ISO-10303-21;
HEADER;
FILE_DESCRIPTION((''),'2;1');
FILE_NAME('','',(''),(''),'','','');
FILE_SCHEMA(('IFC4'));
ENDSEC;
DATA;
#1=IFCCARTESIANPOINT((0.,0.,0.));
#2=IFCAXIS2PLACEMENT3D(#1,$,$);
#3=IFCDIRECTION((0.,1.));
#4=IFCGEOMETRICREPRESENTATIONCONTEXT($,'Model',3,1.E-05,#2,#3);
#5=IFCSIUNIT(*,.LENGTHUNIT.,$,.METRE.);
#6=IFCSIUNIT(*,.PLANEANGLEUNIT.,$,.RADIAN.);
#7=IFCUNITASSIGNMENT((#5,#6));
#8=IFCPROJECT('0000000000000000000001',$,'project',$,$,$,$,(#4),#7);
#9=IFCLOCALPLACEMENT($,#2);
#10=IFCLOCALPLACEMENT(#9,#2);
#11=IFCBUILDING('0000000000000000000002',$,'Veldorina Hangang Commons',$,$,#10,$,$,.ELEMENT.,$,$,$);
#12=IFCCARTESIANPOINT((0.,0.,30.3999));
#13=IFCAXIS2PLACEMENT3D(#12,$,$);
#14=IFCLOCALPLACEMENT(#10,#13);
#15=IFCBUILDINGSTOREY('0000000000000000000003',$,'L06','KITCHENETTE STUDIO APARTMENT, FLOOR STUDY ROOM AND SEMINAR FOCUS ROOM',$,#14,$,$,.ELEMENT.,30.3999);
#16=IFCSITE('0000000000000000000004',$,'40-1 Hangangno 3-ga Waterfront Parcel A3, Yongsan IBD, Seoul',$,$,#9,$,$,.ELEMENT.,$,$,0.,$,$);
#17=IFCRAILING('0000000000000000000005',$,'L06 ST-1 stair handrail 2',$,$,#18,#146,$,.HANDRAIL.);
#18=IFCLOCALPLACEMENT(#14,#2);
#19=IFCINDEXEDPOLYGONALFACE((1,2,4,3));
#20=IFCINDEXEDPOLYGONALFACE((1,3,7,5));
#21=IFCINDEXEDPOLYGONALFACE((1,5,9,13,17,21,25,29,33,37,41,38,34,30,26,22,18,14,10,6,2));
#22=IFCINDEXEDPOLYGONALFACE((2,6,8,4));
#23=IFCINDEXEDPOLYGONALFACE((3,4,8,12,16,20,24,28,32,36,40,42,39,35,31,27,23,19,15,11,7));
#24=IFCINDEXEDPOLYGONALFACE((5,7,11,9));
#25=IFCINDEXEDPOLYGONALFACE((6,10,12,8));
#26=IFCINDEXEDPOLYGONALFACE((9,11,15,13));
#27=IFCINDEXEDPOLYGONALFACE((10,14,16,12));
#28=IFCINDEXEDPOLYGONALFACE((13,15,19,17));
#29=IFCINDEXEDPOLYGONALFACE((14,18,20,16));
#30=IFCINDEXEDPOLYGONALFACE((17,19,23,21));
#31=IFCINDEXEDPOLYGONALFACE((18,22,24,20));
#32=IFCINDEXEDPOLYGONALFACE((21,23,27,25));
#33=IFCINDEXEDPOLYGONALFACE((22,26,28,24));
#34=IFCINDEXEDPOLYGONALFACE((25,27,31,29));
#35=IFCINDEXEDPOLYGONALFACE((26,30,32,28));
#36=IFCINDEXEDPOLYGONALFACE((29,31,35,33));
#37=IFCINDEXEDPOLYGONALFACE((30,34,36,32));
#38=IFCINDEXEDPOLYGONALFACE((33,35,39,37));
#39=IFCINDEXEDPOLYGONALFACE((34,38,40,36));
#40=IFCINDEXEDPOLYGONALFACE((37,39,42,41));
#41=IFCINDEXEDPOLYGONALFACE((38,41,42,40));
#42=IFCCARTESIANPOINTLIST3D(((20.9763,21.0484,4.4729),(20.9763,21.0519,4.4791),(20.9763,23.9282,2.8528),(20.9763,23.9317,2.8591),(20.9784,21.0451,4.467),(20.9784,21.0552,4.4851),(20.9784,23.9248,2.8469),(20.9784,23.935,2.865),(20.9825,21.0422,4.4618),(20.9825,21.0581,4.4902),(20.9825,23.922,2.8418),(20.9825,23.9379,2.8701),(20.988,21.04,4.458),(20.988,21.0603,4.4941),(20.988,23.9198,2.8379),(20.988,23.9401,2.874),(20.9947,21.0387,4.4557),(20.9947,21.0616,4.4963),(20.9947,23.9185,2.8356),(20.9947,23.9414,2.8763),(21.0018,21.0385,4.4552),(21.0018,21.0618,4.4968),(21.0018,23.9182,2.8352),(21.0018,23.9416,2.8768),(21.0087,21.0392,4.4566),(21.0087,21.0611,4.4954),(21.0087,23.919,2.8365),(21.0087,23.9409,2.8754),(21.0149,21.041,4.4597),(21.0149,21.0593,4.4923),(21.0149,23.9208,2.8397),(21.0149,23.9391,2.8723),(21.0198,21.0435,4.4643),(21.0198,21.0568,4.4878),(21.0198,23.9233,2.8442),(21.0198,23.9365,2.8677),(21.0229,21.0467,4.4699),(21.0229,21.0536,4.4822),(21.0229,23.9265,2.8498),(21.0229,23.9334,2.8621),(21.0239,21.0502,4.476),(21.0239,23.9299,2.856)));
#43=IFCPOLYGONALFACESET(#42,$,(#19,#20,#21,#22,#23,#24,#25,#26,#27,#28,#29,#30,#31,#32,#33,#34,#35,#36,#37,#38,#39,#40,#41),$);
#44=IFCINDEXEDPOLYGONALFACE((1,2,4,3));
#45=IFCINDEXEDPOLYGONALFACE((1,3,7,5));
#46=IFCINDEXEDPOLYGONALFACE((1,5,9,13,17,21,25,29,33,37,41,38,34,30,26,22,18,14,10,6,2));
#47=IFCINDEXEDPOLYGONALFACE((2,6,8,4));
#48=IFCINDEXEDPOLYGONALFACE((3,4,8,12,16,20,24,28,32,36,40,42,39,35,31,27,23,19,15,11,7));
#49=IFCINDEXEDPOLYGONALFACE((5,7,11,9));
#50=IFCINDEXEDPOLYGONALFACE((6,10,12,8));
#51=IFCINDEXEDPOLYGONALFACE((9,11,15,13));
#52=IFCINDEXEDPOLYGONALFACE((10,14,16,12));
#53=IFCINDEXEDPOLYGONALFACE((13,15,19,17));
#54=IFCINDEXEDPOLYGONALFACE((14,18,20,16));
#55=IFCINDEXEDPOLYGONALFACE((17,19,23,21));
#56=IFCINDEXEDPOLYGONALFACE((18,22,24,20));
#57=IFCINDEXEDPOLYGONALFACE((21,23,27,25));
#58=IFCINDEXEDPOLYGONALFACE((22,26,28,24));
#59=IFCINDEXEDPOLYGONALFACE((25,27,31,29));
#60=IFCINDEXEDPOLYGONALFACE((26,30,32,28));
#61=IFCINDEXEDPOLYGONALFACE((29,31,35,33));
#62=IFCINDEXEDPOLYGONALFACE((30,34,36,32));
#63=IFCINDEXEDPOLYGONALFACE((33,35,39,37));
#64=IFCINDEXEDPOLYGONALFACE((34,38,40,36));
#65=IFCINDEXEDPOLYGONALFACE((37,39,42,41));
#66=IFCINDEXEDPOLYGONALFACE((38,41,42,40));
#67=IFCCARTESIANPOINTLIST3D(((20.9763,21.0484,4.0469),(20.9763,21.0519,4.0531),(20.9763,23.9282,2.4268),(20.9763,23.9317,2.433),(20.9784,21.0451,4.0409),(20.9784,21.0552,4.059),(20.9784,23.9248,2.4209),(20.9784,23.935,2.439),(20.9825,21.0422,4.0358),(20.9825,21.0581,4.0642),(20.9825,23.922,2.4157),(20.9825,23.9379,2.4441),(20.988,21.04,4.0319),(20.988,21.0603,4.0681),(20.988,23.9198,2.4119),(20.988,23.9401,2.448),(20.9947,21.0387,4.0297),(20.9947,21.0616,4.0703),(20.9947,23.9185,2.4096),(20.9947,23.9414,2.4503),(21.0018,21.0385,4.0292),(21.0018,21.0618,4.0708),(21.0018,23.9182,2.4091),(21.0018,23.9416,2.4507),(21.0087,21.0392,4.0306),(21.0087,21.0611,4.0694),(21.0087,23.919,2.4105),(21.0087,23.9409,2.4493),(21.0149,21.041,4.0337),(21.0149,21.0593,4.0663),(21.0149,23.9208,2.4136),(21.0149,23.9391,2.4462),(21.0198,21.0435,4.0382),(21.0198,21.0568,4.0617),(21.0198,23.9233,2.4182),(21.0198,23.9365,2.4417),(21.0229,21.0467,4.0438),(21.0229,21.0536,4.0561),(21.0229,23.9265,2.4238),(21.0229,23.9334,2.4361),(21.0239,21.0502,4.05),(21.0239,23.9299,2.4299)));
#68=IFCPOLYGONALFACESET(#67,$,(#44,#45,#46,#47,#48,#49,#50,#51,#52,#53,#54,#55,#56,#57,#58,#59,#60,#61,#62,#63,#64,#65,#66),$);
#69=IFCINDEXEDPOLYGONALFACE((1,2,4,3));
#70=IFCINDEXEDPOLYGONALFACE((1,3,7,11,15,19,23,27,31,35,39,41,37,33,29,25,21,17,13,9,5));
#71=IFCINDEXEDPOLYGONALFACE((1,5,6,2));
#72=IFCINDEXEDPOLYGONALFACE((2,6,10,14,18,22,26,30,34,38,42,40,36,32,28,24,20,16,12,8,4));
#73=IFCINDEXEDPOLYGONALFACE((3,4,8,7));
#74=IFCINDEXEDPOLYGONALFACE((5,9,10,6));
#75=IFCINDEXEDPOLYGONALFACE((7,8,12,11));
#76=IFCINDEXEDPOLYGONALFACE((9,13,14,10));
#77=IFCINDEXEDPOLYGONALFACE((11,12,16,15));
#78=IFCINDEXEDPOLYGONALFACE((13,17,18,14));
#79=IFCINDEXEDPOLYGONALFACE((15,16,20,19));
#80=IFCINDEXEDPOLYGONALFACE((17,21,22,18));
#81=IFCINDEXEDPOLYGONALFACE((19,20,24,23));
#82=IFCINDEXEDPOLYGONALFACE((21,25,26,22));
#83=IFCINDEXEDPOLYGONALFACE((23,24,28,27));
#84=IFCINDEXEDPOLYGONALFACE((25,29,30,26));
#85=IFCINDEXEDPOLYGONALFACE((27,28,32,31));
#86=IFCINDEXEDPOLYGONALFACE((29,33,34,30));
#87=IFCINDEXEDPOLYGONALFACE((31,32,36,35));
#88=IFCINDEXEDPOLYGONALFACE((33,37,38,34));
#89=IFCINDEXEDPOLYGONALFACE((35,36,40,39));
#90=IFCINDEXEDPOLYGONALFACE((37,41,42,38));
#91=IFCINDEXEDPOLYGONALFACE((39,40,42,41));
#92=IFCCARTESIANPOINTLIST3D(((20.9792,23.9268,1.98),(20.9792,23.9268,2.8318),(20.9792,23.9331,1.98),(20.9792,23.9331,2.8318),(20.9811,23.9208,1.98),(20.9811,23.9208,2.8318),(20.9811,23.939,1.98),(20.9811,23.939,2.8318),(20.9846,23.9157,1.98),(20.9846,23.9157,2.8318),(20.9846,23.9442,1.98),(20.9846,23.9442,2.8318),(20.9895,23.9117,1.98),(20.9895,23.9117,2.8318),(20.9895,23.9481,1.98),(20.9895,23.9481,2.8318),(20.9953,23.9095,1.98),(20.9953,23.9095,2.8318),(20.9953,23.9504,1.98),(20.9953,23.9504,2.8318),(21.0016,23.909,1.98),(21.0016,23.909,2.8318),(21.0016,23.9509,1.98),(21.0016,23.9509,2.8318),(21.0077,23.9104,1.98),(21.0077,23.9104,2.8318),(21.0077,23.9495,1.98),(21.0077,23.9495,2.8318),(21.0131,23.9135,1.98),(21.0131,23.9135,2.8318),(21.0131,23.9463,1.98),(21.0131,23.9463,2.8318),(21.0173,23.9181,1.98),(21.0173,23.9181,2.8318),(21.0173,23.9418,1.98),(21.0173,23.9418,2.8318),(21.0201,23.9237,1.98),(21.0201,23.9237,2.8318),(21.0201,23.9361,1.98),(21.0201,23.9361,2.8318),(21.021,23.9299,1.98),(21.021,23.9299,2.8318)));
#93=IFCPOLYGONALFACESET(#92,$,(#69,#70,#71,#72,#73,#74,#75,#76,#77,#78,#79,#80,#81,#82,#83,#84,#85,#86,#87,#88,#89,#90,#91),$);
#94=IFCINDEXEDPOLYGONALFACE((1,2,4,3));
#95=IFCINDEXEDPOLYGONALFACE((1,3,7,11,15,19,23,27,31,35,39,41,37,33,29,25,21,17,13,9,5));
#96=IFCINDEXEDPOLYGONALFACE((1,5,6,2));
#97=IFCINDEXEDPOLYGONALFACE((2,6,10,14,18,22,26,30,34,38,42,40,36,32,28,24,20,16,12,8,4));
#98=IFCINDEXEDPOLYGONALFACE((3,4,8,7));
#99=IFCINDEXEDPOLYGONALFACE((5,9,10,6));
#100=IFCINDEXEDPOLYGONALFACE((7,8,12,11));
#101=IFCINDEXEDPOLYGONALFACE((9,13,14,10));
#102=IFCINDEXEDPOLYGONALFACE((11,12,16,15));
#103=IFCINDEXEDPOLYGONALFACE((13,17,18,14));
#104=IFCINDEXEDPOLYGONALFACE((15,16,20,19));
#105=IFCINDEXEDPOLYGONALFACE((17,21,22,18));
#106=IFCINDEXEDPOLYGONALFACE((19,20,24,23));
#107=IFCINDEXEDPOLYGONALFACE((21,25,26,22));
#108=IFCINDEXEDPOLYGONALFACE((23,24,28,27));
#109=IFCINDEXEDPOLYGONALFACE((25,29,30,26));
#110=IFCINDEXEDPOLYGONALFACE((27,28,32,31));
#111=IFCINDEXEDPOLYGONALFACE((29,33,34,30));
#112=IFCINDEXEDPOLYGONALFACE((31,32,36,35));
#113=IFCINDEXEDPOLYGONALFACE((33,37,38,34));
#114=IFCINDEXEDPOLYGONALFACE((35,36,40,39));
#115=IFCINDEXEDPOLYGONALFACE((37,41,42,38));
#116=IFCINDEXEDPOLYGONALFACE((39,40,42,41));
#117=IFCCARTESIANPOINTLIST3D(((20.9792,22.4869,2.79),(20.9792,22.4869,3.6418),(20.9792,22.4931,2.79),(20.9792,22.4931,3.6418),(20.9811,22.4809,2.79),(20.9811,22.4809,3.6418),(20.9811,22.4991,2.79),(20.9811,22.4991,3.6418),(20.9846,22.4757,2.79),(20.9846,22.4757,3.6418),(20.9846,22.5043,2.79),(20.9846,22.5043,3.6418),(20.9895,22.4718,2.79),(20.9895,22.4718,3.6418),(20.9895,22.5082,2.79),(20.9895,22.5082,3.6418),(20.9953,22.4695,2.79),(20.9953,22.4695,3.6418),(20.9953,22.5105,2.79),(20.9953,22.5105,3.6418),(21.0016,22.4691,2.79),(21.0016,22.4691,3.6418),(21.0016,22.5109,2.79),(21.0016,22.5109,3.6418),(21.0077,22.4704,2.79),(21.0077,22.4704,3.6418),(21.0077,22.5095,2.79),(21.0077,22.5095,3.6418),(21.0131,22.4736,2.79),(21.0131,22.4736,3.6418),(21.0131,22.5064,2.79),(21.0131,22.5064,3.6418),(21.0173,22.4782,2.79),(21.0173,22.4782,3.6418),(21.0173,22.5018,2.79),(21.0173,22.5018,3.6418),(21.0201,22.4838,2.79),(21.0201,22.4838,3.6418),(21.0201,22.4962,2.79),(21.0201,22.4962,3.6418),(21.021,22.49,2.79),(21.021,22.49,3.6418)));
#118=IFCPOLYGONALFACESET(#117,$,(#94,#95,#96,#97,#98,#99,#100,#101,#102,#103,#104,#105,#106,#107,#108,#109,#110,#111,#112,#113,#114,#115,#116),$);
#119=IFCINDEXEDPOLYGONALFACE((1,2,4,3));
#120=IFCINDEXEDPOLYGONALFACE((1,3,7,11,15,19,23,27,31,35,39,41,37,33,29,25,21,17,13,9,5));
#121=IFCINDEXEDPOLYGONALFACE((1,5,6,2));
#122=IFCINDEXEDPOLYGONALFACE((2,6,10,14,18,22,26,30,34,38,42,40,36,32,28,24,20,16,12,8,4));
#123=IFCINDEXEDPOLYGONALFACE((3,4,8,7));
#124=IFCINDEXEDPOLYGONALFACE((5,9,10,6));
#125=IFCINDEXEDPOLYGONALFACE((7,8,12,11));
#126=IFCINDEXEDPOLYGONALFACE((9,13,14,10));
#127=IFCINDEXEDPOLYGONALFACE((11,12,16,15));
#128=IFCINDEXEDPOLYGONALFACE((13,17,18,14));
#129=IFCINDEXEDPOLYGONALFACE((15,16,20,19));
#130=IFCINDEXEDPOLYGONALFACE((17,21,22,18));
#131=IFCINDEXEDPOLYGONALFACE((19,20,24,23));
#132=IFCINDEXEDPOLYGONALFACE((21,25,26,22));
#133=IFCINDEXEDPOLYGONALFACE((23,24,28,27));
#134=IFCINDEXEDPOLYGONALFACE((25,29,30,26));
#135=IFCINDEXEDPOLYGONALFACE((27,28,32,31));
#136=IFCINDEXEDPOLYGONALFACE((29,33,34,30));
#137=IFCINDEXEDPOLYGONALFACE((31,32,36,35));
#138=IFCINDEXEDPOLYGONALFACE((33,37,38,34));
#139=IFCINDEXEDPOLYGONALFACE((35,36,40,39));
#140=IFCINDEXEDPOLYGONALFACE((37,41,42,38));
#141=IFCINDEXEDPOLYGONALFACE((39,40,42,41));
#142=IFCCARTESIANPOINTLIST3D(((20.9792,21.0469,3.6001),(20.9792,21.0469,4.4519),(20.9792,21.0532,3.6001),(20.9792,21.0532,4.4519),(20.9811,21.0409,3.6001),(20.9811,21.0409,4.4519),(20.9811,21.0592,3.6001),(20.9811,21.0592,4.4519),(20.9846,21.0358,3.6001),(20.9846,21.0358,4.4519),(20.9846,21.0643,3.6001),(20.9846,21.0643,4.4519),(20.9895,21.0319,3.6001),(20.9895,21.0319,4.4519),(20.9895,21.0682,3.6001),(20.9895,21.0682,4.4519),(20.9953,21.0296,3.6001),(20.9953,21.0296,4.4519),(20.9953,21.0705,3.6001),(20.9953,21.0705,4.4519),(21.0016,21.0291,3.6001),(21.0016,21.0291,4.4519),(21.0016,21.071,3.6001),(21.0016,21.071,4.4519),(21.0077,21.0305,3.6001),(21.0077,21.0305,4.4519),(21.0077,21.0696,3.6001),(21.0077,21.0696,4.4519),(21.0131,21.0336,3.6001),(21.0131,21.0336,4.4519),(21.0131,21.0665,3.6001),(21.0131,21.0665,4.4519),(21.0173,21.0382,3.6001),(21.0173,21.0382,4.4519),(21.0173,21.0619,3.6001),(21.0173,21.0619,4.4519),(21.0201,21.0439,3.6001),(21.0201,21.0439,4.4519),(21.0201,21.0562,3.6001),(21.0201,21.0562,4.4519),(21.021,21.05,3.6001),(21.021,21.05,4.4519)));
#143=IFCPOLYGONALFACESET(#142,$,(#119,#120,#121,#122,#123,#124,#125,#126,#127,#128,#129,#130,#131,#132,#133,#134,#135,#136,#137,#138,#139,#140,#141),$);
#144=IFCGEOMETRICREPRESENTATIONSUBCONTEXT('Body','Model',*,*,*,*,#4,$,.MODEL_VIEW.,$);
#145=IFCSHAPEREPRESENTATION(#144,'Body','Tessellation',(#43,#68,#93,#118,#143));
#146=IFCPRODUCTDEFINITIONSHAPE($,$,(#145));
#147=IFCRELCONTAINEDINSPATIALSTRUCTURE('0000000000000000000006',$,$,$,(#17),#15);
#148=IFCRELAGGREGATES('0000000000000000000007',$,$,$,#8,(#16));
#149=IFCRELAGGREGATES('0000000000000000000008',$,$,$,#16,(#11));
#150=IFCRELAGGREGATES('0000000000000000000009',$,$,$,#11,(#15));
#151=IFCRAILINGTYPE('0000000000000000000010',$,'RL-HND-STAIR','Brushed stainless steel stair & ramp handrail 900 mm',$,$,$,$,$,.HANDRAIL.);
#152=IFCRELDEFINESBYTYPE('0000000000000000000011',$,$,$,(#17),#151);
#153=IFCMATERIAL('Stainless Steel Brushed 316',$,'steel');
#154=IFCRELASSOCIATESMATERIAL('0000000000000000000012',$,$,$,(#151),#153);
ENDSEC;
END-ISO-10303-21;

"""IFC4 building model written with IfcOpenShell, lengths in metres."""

from ifc_helpers import new_model, si_unit, direction, frame, origin, origin_2d, place, context, subcontext, project, spatial, circle, extrude, material, type_object, element, save


model = new_model("IFC4")

# Units and contexts
model_context = context("Model", 3, precision=1e-05, world=origin(), true_north=direction((0.0, 1.0)))
body_context = subcontext(model_context, "Body", "Model", "MODEL_VIEW")
ifc_project = project(units=[si_unit("LENGTHUNIT", "METRE"), si_unit("PLANEANGLEUNIT", "RADIAN")], contexts=[model_context])

# Site, building, storey
site_placement = place(None, origin())
site = spatial("IfcSite", under=ifc_project, at=site_placement, Name="40-1 Hangangno 3-ga Waterfront Parcel A3, Yongsan IBD, Seoul", CompositionType="ELEMENT", RefElevation=0.0)
building_placement = place(site_placement, origin())
building = spatial("IfcBuilding", under=site, at=building_placement, Name="Veldorina Hangang Commons", CompositionType="ELEMENT")
storey_placement = place(building_placement, frame((0.0, 0.0, 30.3999)))
storey = spatial("IfcBuildingStorey", under=building, at=storey_placement, Name="L06", Description="KITCHENETTE STUDIO APARTMENT, FLOOR STUDY ROOM AND SEMINAR FOCUS ROOM", CompositionType="ELEMENT", Elevation=30.3999)

# Railing
ifc_material_1 = material(Name="Stainless Steel Brushed 316", Category="steel")
railing_type_1 = type_object("IfcRailingType", Name="RL-HND-STAIR", Description="Brushed stainless steel stair & ramp handrail 900 mm", PredefinedType="HANDRAIL", material=ifc_material_1)
railing_1_placement = place(storey_placement, frame((21.0, 23.9299, 1.98)))
element("IfcRailing", 1, at=railing_1_placement, inside=storey, type_object=railing_type_1, Name="L06 ST-1 stair handrail 2", PredefinedType="HANDRAIL", context=body_context, shape_type="SweptSolid", body=[
    extrude(circle(Radius=0.0239, at=origin_2d()), frame((0.0, 0.0, 0.876), z_axis=(0.0, -0.871552, 0.490303), x_axis=(1.0, 0.0, 0.0)), (0.0, 0.0, 1.0), 3.3042),
    extrude(circle(Radius=0.0239, at=origin_2d()), frame((0.0, 0.0, 0.45), z_axis=(0.0, -0.871552, 0.490303), x_axis=(1.0, 0.0, 0.0)), (0.0, 0.0, 1.0), 3.3042),
    extrude(circle(Radius=0.021, at=origin_2d()), origin(), (0.0, 0.0, 1.0), 0.8518),
    extrude(circle(Radius=0.021, at=origin_2d()), frame((0.0, -1.4399, 0.8101)), (0.0, 0.0, 1.0), 0.8518),
    extrude(circle(Radius=0.021, at=origin_2d()), frame((0.0, -2.8799, 1.6201)), (0.0, 0.0, 1.0), 0.8518),
])

save(model, "model.ifc")
